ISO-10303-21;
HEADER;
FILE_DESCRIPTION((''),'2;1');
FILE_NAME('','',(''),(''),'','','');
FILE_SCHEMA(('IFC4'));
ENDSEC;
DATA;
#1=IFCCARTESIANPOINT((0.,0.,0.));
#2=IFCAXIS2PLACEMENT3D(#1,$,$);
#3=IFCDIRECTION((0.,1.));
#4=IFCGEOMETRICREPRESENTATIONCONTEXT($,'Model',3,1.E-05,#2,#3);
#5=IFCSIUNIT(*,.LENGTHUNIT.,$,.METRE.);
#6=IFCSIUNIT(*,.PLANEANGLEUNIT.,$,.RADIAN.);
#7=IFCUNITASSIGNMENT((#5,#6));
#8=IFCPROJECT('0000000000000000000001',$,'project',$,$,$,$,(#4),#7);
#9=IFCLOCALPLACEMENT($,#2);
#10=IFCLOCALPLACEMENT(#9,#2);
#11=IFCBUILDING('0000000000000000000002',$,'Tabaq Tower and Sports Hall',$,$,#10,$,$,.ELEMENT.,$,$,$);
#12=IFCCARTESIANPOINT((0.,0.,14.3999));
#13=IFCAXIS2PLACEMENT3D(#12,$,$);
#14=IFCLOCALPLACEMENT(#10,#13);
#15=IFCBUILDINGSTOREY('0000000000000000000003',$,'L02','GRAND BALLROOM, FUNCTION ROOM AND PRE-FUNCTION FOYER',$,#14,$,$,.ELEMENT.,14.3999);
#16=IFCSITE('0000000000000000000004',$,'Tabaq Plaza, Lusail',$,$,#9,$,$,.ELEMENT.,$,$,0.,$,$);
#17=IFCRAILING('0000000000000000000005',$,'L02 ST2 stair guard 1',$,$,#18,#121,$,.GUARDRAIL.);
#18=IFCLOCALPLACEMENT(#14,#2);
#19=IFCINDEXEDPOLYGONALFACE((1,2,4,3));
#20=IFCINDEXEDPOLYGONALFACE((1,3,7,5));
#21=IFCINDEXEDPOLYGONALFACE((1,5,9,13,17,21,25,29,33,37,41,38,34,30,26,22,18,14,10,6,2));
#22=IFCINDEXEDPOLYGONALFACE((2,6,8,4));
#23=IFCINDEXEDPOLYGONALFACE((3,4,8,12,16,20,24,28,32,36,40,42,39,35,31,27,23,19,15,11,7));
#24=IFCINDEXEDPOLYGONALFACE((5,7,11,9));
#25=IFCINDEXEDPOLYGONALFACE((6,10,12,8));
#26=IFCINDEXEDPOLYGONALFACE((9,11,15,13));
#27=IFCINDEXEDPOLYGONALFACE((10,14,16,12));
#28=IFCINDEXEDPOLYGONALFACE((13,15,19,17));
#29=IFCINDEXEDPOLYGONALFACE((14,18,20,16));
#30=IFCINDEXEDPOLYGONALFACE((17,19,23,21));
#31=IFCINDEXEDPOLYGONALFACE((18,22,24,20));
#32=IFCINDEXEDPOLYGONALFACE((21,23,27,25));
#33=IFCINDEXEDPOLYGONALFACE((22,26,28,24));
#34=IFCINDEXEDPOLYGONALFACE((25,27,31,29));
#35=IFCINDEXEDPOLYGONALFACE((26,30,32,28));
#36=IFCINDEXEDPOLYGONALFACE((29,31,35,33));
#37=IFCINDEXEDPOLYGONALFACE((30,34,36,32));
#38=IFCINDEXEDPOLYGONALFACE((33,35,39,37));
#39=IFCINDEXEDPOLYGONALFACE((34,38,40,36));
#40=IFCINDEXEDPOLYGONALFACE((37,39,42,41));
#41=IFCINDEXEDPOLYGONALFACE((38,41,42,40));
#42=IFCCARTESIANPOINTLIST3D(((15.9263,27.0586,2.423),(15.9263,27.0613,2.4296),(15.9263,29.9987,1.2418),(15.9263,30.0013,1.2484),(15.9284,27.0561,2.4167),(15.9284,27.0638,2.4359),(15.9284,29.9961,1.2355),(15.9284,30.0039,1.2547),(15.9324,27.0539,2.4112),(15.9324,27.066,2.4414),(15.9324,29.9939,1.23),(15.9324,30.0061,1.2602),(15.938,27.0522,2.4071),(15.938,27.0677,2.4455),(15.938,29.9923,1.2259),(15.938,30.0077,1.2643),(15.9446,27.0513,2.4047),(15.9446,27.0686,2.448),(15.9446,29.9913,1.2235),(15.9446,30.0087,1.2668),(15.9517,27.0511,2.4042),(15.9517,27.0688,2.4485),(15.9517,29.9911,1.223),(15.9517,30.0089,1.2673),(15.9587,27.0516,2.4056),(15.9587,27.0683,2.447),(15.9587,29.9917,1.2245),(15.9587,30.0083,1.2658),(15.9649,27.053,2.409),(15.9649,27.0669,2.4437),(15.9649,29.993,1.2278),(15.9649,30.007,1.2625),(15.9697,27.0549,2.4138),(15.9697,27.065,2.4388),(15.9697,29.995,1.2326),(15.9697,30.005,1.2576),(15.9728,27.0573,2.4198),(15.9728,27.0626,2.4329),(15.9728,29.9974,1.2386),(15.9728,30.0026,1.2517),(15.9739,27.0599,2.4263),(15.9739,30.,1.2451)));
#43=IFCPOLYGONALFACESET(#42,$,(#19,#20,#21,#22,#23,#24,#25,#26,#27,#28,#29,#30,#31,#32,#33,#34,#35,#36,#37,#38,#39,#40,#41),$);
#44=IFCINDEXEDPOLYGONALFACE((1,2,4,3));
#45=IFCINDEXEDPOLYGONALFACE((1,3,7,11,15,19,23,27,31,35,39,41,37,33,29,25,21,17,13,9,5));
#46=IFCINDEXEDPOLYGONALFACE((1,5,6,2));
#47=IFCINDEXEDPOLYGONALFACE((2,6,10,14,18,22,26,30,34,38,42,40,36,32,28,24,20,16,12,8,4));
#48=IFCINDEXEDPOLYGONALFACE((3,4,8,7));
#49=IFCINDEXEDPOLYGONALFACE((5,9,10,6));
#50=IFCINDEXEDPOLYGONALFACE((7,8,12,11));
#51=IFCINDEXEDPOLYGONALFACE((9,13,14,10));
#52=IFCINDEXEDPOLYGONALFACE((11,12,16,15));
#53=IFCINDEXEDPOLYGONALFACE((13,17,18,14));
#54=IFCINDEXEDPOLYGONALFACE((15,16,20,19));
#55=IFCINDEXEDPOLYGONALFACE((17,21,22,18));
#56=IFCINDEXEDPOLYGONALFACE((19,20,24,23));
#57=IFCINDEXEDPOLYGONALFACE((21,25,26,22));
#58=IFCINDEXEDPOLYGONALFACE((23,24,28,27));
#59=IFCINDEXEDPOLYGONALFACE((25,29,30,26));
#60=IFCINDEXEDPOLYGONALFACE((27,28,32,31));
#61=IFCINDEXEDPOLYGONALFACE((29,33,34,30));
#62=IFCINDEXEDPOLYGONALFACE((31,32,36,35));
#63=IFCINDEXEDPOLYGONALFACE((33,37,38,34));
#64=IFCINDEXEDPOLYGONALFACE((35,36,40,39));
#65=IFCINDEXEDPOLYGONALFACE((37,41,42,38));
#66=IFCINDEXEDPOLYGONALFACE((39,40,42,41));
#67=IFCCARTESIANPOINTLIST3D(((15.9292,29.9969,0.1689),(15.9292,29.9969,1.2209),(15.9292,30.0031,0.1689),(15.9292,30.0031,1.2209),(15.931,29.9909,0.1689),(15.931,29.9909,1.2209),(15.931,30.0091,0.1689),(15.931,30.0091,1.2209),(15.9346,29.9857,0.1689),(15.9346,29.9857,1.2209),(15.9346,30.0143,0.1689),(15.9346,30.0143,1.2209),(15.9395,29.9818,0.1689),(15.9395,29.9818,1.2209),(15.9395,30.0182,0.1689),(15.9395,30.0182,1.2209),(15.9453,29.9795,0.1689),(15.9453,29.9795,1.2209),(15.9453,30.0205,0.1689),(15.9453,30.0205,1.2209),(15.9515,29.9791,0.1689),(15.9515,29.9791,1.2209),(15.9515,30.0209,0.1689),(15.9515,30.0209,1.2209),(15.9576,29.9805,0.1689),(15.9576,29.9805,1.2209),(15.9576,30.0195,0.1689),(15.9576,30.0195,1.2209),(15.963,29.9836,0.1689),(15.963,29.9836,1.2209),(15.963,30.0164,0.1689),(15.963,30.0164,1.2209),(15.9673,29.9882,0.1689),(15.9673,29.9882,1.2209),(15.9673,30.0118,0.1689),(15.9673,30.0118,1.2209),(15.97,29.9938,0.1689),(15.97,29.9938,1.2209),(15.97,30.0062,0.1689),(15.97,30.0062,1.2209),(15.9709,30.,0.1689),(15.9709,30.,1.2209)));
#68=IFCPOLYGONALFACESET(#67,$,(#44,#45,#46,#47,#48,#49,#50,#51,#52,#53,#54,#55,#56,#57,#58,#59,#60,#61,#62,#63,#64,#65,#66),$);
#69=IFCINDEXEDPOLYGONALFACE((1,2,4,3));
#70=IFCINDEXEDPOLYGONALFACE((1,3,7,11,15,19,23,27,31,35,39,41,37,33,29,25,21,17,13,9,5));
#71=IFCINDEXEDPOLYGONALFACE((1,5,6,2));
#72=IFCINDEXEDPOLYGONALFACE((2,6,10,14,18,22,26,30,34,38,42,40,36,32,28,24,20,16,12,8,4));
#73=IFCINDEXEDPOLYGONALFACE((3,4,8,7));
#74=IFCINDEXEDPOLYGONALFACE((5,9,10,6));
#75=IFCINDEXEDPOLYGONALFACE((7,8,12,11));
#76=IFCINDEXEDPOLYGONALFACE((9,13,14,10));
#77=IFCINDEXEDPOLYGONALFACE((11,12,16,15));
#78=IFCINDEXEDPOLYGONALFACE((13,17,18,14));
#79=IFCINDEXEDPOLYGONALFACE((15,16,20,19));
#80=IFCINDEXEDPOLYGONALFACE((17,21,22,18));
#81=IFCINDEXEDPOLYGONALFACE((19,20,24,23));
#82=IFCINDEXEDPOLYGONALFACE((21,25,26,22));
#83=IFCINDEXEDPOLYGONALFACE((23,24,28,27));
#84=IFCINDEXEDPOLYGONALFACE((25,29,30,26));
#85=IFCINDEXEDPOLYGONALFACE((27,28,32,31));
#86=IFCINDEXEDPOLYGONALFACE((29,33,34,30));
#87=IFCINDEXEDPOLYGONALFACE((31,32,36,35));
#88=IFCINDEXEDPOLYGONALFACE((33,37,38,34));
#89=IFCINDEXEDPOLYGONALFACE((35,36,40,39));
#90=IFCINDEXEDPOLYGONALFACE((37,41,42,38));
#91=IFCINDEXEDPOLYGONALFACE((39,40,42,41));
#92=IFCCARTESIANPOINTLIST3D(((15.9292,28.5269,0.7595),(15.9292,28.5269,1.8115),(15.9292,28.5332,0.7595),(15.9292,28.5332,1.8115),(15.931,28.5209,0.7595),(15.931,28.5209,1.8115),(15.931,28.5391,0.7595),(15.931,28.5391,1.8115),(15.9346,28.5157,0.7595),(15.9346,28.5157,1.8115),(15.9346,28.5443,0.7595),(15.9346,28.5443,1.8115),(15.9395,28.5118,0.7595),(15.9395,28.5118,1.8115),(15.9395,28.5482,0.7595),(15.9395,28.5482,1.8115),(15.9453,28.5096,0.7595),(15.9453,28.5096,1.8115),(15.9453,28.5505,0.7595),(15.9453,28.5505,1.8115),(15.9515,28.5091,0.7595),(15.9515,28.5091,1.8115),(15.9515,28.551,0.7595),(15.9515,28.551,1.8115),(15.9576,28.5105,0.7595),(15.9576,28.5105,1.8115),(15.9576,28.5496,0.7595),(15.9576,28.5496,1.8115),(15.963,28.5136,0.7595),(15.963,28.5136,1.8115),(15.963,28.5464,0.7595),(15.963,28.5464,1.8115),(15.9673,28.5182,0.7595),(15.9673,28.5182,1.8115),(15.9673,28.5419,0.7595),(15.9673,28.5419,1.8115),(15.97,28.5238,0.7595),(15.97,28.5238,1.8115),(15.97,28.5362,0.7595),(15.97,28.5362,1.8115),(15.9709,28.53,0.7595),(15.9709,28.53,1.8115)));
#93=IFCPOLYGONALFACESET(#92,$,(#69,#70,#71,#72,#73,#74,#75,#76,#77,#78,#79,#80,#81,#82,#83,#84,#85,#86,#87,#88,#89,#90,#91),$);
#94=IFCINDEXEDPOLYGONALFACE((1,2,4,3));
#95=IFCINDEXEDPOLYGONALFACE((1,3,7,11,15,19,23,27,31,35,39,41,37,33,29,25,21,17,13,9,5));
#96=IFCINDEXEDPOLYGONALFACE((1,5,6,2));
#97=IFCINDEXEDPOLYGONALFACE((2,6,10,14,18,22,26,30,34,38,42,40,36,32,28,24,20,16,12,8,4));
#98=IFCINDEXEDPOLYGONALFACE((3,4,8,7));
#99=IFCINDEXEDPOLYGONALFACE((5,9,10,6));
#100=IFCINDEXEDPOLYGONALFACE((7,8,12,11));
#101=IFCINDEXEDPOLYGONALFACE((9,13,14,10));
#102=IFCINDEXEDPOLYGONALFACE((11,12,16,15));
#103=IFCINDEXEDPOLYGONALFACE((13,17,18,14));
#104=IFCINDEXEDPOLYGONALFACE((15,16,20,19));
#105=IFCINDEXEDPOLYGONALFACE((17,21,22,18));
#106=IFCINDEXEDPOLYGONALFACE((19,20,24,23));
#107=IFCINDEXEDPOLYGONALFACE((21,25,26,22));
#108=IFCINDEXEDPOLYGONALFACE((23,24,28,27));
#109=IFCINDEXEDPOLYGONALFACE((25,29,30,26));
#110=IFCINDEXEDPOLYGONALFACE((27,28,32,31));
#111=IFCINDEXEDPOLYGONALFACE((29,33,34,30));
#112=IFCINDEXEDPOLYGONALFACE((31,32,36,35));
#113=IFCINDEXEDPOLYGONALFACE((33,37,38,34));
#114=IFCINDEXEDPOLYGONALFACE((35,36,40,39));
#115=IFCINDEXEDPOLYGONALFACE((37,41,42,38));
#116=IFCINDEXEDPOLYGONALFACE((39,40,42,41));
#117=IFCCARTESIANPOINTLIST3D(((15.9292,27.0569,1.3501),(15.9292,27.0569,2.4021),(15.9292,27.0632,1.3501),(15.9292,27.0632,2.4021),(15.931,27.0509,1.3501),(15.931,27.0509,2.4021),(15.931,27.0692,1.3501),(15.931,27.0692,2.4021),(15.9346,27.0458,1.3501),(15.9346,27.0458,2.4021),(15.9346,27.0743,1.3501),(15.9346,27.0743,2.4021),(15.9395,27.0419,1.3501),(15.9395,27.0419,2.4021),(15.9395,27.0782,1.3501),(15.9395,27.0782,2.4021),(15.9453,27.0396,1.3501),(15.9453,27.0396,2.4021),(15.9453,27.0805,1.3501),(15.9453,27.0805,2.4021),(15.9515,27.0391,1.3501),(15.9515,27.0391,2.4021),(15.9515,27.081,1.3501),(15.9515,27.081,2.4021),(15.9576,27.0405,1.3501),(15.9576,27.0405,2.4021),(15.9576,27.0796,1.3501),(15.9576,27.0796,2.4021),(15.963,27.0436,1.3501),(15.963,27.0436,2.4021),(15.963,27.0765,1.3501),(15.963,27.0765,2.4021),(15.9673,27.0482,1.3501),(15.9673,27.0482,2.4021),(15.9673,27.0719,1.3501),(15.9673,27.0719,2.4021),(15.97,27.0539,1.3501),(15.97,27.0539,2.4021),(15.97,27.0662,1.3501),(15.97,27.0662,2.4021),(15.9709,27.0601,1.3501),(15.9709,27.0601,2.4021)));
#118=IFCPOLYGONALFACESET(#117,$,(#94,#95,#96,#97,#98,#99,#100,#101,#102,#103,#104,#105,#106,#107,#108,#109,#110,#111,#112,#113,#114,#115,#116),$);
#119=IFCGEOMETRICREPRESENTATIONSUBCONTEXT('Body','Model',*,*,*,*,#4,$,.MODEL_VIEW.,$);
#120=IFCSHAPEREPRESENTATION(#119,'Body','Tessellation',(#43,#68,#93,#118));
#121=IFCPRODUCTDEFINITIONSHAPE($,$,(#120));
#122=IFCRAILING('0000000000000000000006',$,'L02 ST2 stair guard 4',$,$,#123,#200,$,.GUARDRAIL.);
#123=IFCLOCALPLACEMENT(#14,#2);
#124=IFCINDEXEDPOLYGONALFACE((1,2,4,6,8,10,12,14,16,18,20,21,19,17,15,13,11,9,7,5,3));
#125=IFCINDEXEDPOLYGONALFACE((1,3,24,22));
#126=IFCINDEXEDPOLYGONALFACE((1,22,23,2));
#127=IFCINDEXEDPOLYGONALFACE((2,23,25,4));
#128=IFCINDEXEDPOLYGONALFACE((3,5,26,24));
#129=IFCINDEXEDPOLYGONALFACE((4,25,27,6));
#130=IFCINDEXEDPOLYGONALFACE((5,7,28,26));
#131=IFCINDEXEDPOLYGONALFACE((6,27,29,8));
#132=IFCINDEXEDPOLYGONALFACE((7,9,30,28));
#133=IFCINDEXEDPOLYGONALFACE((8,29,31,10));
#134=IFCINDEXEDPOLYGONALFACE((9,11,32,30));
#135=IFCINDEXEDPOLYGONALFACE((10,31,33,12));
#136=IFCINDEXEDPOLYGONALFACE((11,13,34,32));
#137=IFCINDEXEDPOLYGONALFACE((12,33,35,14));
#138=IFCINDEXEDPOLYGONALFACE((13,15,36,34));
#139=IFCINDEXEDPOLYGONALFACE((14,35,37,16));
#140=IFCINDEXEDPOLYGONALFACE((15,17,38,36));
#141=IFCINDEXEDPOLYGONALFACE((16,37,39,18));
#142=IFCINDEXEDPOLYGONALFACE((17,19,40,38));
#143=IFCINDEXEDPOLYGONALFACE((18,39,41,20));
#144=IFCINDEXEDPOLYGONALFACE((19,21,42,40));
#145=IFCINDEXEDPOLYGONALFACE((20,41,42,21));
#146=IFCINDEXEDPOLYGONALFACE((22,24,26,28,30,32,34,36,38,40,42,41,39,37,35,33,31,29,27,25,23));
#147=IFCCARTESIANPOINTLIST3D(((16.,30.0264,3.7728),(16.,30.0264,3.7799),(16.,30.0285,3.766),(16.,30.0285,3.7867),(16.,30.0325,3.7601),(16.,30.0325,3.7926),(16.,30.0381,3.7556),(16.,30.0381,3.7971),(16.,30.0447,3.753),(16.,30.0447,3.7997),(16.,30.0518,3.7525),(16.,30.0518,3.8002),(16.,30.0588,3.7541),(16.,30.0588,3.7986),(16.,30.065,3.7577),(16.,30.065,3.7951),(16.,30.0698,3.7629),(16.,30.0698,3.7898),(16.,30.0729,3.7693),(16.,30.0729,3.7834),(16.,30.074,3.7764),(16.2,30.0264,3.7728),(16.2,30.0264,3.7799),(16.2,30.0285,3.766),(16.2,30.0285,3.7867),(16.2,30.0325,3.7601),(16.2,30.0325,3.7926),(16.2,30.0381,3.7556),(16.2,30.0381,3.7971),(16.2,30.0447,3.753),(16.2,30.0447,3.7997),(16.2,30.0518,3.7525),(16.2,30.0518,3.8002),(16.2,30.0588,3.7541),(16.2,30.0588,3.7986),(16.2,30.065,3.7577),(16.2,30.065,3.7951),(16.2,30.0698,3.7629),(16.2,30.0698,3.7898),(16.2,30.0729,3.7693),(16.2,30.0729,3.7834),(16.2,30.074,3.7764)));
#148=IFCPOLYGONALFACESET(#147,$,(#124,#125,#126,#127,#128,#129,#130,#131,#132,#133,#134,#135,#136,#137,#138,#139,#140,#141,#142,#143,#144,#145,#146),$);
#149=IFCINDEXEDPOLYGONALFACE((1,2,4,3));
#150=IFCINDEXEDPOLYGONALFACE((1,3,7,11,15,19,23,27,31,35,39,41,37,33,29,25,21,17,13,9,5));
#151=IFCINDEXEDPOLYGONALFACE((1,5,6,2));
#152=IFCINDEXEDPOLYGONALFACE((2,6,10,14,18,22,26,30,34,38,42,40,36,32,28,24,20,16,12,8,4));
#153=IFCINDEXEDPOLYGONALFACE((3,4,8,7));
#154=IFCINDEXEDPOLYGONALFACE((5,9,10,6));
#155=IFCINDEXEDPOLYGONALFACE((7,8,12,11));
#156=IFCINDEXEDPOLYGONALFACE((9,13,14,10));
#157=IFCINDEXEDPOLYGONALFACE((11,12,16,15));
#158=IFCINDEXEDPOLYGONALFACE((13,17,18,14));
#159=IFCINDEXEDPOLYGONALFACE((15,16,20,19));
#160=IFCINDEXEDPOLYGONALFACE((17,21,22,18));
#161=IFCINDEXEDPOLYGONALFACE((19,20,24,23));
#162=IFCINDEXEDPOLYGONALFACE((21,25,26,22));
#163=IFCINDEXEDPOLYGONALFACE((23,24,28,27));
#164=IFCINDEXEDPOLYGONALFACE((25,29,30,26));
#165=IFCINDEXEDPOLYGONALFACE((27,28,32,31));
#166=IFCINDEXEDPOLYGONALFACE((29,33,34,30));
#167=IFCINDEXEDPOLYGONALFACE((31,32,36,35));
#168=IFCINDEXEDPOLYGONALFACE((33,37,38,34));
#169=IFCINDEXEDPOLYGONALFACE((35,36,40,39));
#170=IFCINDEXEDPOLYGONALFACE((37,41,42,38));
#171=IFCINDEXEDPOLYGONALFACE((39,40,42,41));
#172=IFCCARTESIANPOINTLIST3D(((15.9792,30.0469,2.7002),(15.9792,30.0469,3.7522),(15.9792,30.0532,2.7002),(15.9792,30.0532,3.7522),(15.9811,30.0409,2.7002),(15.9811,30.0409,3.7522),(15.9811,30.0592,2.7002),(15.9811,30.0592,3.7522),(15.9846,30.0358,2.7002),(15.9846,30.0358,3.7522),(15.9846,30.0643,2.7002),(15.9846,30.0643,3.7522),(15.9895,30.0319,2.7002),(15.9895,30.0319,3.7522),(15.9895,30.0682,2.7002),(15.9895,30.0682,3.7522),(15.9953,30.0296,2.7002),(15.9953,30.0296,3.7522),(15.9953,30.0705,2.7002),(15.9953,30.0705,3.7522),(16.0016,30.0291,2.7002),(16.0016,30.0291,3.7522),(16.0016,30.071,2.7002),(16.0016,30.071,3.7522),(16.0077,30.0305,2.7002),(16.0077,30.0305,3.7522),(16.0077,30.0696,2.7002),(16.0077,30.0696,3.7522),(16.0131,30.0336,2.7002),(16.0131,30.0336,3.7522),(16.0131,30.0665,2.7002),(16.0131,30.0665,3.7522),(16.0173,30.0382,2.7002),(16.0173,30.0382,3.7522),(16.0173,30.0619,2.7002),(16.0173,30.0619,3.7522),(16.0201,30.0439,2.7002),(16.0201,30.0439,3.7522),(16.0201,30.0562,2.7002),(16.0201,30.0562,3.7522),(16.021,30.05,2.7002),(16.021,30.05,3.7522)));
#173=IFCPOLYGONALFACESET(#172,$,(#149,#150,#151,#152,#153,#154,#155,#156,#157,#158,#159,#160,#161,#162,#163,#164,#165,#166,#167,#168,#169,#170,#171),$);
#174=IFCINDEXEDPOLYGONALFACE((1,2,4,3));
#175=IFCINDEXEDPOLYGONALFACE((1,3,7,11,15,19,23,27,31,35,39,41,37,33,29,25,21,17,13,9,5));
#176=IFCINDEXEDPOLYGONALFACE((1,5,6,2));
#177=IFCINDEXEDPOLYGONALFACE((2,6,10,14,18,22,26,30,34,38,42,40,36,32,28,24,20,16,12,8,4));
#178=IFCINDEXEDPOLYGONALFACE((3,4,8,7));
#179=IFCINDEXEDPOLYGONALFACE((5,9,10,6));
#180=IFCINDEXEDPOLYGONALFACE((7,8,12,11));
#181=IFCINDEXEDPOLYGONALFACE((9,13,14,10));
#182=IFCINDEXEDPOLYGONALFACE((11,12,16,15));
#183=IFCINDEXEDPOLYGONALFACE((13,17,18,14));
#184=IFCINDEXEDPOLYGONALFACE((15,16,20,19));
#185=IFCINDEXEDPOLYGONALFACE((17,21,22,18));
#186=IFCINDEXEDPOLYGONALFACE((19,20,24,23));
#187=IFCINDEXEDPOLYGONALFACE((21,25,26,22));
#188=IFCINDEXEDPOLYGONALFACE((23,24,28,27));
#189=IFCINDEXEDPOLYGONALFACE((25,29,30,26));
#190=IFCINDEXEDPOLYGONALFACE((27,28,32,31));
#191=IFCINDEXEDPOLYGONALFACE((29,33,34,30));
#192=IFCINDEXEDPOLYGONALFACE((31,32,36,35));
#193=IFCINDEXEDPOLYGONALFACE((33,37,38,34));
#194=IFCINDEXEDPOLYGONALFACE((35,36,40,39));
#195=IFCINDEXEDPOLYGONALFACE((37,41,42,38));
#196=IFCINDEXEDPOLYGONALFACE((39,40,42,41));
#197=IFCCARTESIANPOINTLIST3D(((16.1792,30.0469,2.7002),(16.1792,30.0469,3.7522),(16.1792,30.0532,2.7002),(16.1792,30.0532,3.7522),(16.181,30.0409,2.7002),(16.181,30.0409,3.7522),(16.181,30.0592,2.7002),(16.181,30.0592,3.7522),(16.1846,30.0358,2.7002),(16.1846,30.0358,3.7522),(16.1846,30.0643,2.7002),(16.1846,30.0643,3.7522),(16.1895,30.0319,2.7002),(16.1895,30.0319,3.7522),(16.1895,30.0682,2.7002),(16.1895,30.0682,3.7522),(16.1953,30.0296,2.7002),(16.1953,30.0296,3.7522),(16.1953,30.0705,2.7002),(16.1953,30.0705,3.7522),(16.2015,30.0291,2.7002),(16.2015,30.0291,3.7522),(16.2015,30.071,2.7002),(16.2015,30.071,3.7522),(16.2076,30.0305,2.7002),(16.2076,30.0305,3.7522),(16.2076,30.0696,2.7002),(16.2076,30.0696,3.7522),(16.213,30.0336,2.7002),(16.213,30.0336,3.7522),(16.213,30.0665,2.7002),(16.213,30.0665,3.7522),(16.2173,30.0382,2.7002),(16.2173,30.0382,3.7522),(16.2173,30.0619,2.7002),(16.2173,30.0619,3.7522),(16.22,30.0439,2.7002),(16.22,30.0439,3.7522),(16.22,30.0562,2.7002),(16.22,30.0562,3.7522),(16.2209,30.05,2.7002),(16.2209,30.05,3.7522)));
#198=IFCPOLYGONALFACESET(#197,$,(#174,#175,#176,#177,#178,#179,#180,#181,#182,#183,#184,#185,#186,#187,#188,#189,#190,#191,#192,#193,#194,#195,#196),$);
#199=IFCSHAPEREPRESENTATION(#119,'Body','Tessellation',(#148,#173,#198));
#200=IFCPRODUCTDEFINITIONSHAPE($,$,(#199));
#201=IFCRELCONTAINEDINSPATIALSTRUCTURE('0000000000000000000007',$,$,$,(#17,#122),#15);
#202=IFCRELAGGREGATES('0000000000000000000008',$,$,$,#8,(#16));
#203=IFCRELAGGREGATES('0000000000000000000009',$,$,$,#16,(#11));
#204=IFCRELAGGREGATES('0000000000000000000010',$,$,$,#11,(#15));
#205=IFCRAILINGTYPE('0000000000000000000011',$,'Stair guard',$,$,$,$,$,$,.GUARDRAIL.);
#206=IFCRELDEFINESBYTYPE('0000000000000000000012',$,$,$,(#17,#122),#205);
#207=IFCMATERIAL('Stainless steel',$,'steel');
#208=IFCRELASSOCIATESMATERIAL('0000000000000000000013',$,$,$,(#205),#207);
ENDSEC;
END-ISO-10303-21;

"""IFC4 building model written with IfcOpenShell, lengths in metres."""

from ifc_helpers import new_model, si_unit, direction, frame, origin, origin_2d, place, context, subcontext, project, spatial, circle, extrude, material, type_object, element, save


model = new_model("IFC4")

# Units and contexts
model_context = context("Model", 3, precision=1e-05, world=origin(), true_north=direction((0.0, 1.0)))
body_context = subcontext(model_context, "Body", "Model", "MODEL_VIEW")
ifc_project = project(units=[si_unit("LENGTHUNIT", "METRE"), si_unit("PLANEANGLEUNIT", "RADIAN")], contexts=[model_context])

# Site, building, storey
site_placement = place(None, origin())
site = spatial("IfcSite", under=ifc_project, at=site_placement, Name="Tabaq Plaza, Lusail", CompositionType="ELEMENT", RefElevation=0.0)
building_placement = place(site_placement, origin())
building = spatial("IfcBuilding", under=site, at=building_placement, Name="Tabaq Tower and Sports Hall", CompositionType="ELEMENT")
storey_placement = place(building_placement, frame((0.0, 0.0, 14.3999)))
storey = spatial("IfcBuildingStorey", under=building, at=storey_placement, Name="L02", Description="GRAND BALLROOM, FUNCTION ROOM AND PRE-FUNCTION FOYER", CompositionType="ELEMENT", Elevation=14.3999)

# Railings
ifc_material_1 = material(Name="Stainless steel", Category="steel")
railing_type_1 = type_object("IfcRailingType", Name="Stair guard", PredefinedType="GUARDRAIL", material=ifc_material_1)
railing_1_placement = place(storey_placement, frame((15.95, 30.0, 0.1689)))
element("IfcRailing", 1, at=railing_1_placement, inside=storey, type_object=railing_type_1, Name="L02 ST2 stair guard 1", PredefinedType="GUARDRAIL", context=body_context, shape_type="SweptSolid", body=[
    extrude(circle(Radius=0.0239, at=origin_2d()), frame((0.0, 0.0, 1.0762), z_axis=(0.0, -0.927912, 0.372799), x_axis=(1.0, 0.0, 0.0)), (0.0, 0.0, 1.0), 3.1685),
    extrude(circle(Radius=0.021, at=origin_2d()), origin(), (0.0, 0.0, 1.0), 1.052),
    extrude(circle(Radius=0.021, at=origin_2d()), frame((0.0, -1.47, 0.5906)), (0.0, 0.0, 1.0), 1.052),
    extrude(circle(Radius=0.021, at=origin_2d()), frame((0.0, -2.9399, 1.1812)), (0.0, 0.0, 1.0), 1.052),
])
railing_2_placement = place(storey_placement, frame((16.0, 30.05, 2.7002)))
element("IfcRailing", 2, at=railing_2_placement, inside=storey, type_object=railing_type_1, Name="L02 ST2 stair guard 4", PredefinedType="GUARDRAIL", context=body_context, shape_type="SweptSolid", body=[
    extrude(circle(Radius=0.0239, at=origin_2d()), frame((0.0, 0.0, 1.0762), z_axis=(1.0, 0.0, 0.0), x_axis=(0.0, 1.0, 0.0)), (0.0, 0.0, 1.0), 0.2),
    extrude(circle(Radius=0.021, at=origin_2d()), origin(), (0.0, 0.0, 1.0), 1.052),
    extrude(circle(Radius=0.021, at=origin_2d()), frame((0.2, 0.0, 0.0)), (0.0, 0.0, 1.0), 1.052),
])

save(model, "model.ifc")
